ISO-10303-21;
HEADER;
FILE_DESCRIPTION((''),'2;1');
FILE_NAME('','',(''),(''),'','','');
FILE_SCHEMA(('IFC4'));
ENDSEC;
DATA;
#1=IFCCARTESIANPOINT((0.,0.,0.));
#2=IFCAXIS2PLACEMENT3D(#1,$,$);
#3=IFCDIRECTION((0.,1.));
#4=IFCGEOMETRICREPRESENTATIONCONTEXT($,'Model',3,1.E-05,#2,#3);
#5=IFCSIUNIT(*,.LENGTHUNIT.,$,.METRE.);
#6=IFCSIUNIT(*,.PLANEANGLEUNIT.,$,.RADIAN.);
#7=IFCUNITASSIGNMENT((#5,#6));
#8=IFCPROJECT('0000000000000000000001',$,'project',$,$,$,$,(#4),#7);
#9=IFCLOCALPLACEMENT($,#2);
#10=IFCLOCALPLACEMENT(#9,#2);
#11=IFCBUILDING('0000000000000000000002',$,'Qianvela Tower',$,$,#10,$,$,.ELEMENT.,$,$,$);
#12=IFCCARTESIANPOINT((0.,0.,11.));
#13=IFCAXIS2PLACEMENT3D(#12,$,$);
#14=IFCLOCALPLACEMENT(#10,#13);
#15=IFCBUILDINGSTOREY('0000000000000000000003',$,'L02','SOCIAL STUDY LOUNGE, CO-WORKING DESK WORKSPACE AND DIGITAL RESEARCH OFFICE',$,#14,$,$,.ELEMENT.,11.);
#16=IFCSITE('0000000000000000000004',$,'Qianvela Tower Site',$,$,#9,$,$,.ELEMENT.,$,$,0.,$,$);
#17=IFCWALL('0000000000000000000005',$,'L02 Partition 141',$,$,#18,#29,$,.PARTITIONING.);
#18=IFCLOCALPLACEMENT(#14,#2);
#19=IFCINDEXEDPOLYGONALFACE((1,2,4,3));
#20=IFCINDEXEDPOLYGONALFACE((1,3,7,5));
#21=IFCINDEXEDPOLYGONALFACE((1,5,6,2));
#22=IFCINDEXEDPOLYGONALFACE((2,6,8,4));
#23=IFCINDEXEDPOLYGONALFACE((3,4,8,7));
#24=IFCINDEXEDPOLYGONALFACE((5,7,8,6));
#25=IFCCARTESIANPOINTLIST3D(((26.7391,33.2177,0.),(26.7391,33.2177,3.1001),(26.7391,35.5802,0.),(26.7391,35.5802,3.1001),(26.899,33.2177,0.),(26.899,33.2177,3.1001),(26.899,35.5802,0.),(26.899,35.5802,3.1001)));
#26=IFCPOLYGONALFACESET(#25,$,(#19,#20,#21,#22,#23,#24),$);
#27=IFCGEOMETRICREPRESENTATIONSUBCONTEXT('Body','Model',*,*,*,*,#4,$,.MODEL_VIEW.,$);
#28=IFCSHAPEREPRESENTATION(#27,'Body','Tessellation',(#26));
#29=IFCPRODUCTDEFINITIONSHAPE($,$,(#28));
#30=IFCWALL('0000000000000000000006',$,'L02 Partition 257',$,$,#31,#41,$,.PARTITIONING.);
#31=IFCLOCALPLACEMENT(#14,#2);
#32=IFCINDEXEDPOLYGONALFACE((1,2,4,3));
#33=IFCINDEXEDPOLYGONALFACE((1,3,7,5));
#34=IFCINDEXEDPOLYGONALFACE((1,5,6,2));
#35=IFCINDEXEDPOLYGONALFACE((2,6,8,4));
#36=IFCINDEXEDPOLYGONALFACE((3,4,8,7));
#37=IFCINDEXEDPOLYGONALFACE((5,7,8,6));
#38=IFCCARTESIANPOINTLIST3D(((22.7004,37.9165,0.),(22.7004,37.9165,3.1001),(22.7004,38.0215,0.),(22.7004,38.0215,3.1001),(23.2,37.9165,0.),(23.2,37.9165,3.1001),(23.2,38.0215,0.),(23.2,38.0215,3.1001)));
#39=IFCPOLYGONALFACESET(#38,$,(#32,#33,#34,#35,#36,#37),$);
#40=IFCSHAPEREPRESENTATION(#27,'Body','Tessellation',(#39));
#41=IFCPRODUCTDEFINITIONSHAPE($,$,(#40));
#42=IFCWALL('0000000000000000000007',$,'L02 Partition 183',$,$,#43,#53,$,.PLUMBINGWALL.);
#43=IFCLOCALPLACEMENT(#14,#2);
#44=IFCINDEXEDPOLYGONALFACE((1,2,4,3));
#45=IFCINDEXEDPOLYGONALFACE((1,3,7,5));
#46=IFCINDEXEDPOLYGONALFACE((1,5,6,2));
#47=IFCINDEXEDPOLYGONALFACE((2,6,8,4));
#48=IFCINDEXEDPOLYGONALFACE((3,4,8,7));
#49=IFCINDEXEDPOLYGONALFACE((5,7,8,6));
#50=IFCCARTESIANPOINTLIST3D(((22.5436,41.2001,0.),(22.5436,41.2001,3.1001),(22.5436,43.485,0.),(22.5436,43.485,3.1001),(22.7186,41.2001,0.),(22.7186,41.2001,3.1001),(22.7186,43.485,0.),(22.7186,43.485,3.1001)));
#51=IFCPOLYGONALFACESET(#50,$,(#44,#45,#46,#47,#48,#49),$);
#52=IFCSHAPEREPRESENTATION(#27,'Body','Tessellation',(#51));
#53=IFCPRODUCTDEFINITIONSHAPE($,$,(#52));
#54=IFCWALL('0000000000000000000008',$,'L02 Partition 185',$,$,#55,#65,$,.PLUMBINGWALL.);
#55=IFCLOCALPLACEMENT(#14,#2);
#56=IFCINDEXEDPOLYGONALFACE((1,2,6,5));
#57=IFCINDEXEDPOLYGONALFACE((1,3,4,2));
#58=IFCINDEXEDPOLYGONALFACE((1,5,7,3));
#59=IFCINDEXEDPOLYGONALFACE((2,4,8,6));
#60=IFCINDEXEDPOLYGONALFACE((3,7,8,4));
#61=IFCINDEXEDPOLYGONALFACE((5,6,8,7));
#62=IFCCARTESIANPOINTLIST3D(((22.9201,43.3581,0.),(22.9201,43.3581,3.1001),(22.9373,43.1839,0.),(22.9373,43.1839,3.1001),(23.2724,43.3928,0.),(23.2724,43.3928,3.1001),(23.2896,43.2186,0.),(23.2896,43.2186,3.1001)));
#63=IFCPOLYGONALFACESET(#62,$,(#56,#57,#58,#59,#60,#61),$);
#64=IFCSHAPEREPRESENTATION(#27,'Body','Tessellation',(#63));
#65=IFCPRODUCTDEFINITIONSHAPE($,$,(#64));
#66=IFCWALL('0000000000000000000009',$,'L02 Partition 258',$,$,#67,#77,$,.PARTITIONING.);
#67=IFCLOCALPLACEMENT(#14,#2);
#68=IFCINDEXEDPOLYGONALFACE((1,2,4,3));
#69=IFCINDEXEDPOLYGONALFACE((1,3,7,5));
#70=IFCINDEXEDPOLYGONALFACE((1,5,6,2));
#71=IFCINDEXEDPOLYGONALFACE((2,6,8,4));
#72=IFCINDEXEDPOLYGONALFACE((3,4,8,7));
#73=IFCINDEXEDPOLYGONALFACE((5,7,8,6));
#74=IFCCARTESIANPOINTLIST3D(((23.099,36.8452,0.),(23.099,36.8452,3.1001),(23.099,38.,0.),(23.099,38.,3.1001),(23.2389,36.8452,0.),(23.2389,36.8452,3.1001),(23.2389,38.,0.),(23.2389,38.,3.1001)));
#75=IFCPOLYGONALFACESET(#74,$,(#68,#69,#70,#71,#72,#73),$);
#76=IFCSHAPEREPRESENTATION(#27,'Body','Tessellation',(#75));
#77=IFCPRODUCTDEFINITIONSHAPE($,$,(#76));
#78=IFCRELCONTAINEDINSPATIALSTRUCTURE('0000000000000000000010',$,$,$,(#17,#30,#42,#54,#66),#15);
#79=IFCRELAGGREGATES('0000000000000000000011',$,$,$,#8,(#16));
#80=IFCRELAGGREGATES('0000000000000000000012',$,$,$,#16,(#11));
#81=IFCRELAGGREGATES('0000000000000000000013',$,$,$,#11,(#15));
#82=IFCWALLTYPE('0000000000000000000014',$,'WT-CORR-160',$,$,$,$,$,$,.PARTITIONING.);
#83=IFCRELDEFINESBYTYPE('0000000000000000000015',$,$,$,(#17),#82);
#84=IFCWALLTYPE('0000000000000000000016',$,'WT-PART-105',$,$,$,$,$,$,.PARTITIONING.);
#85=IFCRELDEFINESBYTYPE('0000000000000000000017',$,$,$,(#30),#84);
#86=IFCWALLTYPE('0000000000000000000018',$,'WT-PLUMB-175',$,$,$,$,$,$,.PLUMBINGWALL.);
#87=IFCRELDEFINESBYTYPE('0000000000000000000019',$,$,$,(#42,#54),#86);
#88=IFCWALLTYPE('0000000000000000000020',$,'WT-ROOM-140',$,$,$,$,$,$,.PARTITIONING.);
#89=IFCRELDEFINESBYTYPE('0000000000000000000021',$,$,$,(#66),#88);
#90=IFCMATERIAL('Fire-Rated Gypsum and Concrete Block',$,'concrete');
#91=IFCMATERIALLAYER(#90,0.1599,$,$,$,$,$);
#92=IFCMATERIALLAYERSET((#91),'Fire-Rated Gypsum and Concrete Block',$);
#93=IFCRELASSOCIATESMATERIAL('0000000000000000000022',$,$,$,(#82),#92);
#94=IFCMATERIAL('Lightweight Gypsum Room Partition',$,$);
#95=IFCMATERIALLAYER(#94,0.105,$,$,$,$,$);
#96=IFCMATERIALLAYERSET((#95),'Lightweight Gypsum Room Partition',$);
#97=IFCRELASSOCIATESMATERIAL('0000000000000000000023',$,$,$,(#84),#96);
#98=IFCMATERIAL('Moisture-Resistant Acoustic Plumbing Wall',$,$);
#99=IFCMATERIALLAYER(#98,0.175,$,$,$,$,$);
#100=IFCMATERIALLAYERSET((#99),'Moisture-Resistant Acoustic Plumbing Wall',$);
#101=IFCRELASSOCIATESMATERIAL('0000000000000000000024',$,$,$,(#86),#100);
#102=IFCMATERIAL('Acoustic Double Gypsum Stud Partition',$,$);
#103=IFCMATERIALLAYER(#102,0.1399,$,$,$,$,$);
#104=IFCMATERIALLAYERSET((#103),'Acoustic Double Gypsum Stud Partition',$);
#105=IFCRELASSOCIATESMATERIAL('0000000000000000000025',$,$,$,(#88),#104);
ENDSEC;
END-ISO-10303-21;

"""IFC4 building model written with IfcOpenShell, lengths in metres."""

from ifc_helpers import new_model, si_unit, direction, frame, frame_2d, origin, place, context, subcontext, project, spatial, rectangle, extrude, material, layer, layer_set, type_object, element, save


model = new_model("IFC4")

# Units and contexts
model_context = context("Model", 3, precision=1e-05, world=origin(), true_north=direction((0.0, 1.0)))
body_context = subcontext(model_context, "Body", "Model", "MODEL_VIEW")
ifc_project = project(units=[si_unit("LENGTHUNIT", "METRE"), si_unit("PLANEANGLEUNIT", "RADIAN")], contexts=[model_context])

# Site, building, storey
site_placement = place(None, origin())
site = spatial("IfcSite", under=ifc_project, at=site_placement, Name="Qianvela Tower Site", CompositionType="ELEMENT", RefElevation=0.0)
building_placement = place(site_placement, origin())
building = spatial("IfcBuilding", under=site, at=building_placement, Name="Qianvela Tower", CompositionType="ELEMENT")
storey_placement = place(building_placement, frame((0.0, 0.0, 11.0)))
storey = spatial("IfcBuildingStorey", under=building, at=storey_placement, Name="L02", Description="SOCIAL STUDY LOUNGE, CO-WORKING DESK WORKSPACE AND DIGITAL RESEARCH OFFICE", CompositionType="ELEMENT", Elevation=11.0)

# Shared definitions
ifc_material_1 = material(Name="Fire-Rated Gypsum and Concrete Block", Category="concrete")
ifc_layer_1 = layer(ifc_material_1, 0.1599)
ifc_layer_set_1 = layer_set([ifc_layer_1], Name="Fire-Rated Gypsum and Concrete Block")
wall_type_1 = type_object("IfcWallType", Name="WT-CORR-160", PredefinedType="PARTITIONING", material=ifc_layer_set_1)

# Walls
wall_1_placement = place(storey_placement, frame((26.8191, 35.5801, 0.0), z_axis=(0.0, 0.0, 1.0), x_axis=(0.0, -1.0, 0.0)))
element("IfcWall", 1, at=wall_1_placement, inside=storey, type_object=wall_type_1, Name="L02 Partition 141", PredefinedType="PARTITIONING", context=body_context, shape_type="SweptSolid", body=[
    extrude(rectangle(XDim=2.3625, YDim=0.1599, at=frame_2d((1.1812, 0.0))), origin(), (0.0, 0.0, 1.0), 3.1001),
])
ifc_material_2 = material(Name="Lightweight Gypsum Room Partition")
ifc_layer_2 = layer(ifc_material_2, 0.105)
ifc_layer_set_2 = layer_set([ifc_layer_2], Name="Lightweight Gypsum Room Partition")
wall_type_2 = type_object("IfcWallType", Name="WT-PART-105", PredefinedType="PARTITIONING", material=ifc_layer_set_2)
wall_2_placement = place(storey_placement, frame((22.7004, 37.969, 0.0), z_axis=(0.0, 0.0, 1.0), x_axis=(1.0, 0.0, 0.0)))
element("IfcWall", 2, at=wall_2_placement, inside=storey, type_object=wall_type_2, Name="L02 Partition 257", PredefinedType="PARTITIONING", context=body_context, shape_type="SweptSolid", body=[
    extrude(rectangle(XDim=0.4995, YDim=0.105, at=frame_2d((0.2498, 0.0))), origin(), (0.0, 0.0, 1.0), 3.1001),
])
ifc_material_3 = material(Name="Moisture-Resistant Acoustic Plumbing Wall")
ifc_layer_3 = layer(ifc_material_3, 0.175)
ifc_layer_set_3 = layer_set([ifc_layer_3], Name="Moisture-Resistant Acoustic Plumbing Wall")
wall_type_3 = type_object("IfcWallType", Name="WT-PLUMB-175", PredefinedType="PLUMBINGWALL", material=ifc_layer_set_3)
wall_3_placement = place(storey_placement, frame((22.6311, 41.2, 0.0), z_axis=(0.0, 0.0, 1.0), x_axis=(0.0, 1.0, 0.0)))
element("IfcWall", 3, at=wall_3_placement, inside=storey, type_object=wall_type_3, Name="L02 Partition 183", PredefinedType="PLUMBINGWALL", context=body_context, shape_type="SweptSolid", body=[
    extrude(rectangle(XDim=2.2849, YDim=0.175, at=frame_2d((1.1426, 0.0))), origin(), (0.0, 0.0, 1.0), 3.1001),
])
wall_4_placement = place(storey_placement, frame((22.9287, 43.271, 0.0), z_axis=(0.0, 0.0, 1.0), x_axis=(0.995193, 0.097933, 0.0)))
element("IfcWall", 4, at=wall_4_placement, inside=storey, type_object=wall_type_3, Name="L02 Partition 185", PredefinedType="PLUMBINGWALL", context=body_context, shape_type="SweptSolid", body=[
    extrude(rectangle(XDim=0.354, YDim=0.175, at=frame_2d((0.177, 0.0))), origin(), (0.0, 0.0, 1.0), 3.1001),
])
ifc_material_4 = material(Name="Acoustic Double Gypsum Stud Partition")
ifc_layer_4 = layer(ifc_material_4, 0.1399)
ifc_layer_set_4 = layer_set([ifc_layer_4], Name="Acoustic Double Gypsum Stud Partition")
wall_type_4 = type_object("IfcWallType", Name="WT-ROOM-140", PredefinedType="PARTITIONING", material=ifc_layer_set_4)
wall_5_placement = place(storey_placement, frame((23.1689, 38.0, 0.0), z_axis=(0.0, 0.0, 1.0), x_axis=(0.0, -1.0, 0.0)))
element("IfcWall", 5, at=wall_5_placement, inside=storey, type_object=wall_type_4, Name="L02 Partition 258", PredefinedType="PARTITIONING", context=body_context, shape_type="SweptSolid", body=[
    extrude(rectangle(XDim=1.1548, YDim=0.1399, at=frame_2d((0.5774, 0.0))), origin(), (0.0, 0.0, 1.0), 3.1001),
])

save(model, "model.ifc")
